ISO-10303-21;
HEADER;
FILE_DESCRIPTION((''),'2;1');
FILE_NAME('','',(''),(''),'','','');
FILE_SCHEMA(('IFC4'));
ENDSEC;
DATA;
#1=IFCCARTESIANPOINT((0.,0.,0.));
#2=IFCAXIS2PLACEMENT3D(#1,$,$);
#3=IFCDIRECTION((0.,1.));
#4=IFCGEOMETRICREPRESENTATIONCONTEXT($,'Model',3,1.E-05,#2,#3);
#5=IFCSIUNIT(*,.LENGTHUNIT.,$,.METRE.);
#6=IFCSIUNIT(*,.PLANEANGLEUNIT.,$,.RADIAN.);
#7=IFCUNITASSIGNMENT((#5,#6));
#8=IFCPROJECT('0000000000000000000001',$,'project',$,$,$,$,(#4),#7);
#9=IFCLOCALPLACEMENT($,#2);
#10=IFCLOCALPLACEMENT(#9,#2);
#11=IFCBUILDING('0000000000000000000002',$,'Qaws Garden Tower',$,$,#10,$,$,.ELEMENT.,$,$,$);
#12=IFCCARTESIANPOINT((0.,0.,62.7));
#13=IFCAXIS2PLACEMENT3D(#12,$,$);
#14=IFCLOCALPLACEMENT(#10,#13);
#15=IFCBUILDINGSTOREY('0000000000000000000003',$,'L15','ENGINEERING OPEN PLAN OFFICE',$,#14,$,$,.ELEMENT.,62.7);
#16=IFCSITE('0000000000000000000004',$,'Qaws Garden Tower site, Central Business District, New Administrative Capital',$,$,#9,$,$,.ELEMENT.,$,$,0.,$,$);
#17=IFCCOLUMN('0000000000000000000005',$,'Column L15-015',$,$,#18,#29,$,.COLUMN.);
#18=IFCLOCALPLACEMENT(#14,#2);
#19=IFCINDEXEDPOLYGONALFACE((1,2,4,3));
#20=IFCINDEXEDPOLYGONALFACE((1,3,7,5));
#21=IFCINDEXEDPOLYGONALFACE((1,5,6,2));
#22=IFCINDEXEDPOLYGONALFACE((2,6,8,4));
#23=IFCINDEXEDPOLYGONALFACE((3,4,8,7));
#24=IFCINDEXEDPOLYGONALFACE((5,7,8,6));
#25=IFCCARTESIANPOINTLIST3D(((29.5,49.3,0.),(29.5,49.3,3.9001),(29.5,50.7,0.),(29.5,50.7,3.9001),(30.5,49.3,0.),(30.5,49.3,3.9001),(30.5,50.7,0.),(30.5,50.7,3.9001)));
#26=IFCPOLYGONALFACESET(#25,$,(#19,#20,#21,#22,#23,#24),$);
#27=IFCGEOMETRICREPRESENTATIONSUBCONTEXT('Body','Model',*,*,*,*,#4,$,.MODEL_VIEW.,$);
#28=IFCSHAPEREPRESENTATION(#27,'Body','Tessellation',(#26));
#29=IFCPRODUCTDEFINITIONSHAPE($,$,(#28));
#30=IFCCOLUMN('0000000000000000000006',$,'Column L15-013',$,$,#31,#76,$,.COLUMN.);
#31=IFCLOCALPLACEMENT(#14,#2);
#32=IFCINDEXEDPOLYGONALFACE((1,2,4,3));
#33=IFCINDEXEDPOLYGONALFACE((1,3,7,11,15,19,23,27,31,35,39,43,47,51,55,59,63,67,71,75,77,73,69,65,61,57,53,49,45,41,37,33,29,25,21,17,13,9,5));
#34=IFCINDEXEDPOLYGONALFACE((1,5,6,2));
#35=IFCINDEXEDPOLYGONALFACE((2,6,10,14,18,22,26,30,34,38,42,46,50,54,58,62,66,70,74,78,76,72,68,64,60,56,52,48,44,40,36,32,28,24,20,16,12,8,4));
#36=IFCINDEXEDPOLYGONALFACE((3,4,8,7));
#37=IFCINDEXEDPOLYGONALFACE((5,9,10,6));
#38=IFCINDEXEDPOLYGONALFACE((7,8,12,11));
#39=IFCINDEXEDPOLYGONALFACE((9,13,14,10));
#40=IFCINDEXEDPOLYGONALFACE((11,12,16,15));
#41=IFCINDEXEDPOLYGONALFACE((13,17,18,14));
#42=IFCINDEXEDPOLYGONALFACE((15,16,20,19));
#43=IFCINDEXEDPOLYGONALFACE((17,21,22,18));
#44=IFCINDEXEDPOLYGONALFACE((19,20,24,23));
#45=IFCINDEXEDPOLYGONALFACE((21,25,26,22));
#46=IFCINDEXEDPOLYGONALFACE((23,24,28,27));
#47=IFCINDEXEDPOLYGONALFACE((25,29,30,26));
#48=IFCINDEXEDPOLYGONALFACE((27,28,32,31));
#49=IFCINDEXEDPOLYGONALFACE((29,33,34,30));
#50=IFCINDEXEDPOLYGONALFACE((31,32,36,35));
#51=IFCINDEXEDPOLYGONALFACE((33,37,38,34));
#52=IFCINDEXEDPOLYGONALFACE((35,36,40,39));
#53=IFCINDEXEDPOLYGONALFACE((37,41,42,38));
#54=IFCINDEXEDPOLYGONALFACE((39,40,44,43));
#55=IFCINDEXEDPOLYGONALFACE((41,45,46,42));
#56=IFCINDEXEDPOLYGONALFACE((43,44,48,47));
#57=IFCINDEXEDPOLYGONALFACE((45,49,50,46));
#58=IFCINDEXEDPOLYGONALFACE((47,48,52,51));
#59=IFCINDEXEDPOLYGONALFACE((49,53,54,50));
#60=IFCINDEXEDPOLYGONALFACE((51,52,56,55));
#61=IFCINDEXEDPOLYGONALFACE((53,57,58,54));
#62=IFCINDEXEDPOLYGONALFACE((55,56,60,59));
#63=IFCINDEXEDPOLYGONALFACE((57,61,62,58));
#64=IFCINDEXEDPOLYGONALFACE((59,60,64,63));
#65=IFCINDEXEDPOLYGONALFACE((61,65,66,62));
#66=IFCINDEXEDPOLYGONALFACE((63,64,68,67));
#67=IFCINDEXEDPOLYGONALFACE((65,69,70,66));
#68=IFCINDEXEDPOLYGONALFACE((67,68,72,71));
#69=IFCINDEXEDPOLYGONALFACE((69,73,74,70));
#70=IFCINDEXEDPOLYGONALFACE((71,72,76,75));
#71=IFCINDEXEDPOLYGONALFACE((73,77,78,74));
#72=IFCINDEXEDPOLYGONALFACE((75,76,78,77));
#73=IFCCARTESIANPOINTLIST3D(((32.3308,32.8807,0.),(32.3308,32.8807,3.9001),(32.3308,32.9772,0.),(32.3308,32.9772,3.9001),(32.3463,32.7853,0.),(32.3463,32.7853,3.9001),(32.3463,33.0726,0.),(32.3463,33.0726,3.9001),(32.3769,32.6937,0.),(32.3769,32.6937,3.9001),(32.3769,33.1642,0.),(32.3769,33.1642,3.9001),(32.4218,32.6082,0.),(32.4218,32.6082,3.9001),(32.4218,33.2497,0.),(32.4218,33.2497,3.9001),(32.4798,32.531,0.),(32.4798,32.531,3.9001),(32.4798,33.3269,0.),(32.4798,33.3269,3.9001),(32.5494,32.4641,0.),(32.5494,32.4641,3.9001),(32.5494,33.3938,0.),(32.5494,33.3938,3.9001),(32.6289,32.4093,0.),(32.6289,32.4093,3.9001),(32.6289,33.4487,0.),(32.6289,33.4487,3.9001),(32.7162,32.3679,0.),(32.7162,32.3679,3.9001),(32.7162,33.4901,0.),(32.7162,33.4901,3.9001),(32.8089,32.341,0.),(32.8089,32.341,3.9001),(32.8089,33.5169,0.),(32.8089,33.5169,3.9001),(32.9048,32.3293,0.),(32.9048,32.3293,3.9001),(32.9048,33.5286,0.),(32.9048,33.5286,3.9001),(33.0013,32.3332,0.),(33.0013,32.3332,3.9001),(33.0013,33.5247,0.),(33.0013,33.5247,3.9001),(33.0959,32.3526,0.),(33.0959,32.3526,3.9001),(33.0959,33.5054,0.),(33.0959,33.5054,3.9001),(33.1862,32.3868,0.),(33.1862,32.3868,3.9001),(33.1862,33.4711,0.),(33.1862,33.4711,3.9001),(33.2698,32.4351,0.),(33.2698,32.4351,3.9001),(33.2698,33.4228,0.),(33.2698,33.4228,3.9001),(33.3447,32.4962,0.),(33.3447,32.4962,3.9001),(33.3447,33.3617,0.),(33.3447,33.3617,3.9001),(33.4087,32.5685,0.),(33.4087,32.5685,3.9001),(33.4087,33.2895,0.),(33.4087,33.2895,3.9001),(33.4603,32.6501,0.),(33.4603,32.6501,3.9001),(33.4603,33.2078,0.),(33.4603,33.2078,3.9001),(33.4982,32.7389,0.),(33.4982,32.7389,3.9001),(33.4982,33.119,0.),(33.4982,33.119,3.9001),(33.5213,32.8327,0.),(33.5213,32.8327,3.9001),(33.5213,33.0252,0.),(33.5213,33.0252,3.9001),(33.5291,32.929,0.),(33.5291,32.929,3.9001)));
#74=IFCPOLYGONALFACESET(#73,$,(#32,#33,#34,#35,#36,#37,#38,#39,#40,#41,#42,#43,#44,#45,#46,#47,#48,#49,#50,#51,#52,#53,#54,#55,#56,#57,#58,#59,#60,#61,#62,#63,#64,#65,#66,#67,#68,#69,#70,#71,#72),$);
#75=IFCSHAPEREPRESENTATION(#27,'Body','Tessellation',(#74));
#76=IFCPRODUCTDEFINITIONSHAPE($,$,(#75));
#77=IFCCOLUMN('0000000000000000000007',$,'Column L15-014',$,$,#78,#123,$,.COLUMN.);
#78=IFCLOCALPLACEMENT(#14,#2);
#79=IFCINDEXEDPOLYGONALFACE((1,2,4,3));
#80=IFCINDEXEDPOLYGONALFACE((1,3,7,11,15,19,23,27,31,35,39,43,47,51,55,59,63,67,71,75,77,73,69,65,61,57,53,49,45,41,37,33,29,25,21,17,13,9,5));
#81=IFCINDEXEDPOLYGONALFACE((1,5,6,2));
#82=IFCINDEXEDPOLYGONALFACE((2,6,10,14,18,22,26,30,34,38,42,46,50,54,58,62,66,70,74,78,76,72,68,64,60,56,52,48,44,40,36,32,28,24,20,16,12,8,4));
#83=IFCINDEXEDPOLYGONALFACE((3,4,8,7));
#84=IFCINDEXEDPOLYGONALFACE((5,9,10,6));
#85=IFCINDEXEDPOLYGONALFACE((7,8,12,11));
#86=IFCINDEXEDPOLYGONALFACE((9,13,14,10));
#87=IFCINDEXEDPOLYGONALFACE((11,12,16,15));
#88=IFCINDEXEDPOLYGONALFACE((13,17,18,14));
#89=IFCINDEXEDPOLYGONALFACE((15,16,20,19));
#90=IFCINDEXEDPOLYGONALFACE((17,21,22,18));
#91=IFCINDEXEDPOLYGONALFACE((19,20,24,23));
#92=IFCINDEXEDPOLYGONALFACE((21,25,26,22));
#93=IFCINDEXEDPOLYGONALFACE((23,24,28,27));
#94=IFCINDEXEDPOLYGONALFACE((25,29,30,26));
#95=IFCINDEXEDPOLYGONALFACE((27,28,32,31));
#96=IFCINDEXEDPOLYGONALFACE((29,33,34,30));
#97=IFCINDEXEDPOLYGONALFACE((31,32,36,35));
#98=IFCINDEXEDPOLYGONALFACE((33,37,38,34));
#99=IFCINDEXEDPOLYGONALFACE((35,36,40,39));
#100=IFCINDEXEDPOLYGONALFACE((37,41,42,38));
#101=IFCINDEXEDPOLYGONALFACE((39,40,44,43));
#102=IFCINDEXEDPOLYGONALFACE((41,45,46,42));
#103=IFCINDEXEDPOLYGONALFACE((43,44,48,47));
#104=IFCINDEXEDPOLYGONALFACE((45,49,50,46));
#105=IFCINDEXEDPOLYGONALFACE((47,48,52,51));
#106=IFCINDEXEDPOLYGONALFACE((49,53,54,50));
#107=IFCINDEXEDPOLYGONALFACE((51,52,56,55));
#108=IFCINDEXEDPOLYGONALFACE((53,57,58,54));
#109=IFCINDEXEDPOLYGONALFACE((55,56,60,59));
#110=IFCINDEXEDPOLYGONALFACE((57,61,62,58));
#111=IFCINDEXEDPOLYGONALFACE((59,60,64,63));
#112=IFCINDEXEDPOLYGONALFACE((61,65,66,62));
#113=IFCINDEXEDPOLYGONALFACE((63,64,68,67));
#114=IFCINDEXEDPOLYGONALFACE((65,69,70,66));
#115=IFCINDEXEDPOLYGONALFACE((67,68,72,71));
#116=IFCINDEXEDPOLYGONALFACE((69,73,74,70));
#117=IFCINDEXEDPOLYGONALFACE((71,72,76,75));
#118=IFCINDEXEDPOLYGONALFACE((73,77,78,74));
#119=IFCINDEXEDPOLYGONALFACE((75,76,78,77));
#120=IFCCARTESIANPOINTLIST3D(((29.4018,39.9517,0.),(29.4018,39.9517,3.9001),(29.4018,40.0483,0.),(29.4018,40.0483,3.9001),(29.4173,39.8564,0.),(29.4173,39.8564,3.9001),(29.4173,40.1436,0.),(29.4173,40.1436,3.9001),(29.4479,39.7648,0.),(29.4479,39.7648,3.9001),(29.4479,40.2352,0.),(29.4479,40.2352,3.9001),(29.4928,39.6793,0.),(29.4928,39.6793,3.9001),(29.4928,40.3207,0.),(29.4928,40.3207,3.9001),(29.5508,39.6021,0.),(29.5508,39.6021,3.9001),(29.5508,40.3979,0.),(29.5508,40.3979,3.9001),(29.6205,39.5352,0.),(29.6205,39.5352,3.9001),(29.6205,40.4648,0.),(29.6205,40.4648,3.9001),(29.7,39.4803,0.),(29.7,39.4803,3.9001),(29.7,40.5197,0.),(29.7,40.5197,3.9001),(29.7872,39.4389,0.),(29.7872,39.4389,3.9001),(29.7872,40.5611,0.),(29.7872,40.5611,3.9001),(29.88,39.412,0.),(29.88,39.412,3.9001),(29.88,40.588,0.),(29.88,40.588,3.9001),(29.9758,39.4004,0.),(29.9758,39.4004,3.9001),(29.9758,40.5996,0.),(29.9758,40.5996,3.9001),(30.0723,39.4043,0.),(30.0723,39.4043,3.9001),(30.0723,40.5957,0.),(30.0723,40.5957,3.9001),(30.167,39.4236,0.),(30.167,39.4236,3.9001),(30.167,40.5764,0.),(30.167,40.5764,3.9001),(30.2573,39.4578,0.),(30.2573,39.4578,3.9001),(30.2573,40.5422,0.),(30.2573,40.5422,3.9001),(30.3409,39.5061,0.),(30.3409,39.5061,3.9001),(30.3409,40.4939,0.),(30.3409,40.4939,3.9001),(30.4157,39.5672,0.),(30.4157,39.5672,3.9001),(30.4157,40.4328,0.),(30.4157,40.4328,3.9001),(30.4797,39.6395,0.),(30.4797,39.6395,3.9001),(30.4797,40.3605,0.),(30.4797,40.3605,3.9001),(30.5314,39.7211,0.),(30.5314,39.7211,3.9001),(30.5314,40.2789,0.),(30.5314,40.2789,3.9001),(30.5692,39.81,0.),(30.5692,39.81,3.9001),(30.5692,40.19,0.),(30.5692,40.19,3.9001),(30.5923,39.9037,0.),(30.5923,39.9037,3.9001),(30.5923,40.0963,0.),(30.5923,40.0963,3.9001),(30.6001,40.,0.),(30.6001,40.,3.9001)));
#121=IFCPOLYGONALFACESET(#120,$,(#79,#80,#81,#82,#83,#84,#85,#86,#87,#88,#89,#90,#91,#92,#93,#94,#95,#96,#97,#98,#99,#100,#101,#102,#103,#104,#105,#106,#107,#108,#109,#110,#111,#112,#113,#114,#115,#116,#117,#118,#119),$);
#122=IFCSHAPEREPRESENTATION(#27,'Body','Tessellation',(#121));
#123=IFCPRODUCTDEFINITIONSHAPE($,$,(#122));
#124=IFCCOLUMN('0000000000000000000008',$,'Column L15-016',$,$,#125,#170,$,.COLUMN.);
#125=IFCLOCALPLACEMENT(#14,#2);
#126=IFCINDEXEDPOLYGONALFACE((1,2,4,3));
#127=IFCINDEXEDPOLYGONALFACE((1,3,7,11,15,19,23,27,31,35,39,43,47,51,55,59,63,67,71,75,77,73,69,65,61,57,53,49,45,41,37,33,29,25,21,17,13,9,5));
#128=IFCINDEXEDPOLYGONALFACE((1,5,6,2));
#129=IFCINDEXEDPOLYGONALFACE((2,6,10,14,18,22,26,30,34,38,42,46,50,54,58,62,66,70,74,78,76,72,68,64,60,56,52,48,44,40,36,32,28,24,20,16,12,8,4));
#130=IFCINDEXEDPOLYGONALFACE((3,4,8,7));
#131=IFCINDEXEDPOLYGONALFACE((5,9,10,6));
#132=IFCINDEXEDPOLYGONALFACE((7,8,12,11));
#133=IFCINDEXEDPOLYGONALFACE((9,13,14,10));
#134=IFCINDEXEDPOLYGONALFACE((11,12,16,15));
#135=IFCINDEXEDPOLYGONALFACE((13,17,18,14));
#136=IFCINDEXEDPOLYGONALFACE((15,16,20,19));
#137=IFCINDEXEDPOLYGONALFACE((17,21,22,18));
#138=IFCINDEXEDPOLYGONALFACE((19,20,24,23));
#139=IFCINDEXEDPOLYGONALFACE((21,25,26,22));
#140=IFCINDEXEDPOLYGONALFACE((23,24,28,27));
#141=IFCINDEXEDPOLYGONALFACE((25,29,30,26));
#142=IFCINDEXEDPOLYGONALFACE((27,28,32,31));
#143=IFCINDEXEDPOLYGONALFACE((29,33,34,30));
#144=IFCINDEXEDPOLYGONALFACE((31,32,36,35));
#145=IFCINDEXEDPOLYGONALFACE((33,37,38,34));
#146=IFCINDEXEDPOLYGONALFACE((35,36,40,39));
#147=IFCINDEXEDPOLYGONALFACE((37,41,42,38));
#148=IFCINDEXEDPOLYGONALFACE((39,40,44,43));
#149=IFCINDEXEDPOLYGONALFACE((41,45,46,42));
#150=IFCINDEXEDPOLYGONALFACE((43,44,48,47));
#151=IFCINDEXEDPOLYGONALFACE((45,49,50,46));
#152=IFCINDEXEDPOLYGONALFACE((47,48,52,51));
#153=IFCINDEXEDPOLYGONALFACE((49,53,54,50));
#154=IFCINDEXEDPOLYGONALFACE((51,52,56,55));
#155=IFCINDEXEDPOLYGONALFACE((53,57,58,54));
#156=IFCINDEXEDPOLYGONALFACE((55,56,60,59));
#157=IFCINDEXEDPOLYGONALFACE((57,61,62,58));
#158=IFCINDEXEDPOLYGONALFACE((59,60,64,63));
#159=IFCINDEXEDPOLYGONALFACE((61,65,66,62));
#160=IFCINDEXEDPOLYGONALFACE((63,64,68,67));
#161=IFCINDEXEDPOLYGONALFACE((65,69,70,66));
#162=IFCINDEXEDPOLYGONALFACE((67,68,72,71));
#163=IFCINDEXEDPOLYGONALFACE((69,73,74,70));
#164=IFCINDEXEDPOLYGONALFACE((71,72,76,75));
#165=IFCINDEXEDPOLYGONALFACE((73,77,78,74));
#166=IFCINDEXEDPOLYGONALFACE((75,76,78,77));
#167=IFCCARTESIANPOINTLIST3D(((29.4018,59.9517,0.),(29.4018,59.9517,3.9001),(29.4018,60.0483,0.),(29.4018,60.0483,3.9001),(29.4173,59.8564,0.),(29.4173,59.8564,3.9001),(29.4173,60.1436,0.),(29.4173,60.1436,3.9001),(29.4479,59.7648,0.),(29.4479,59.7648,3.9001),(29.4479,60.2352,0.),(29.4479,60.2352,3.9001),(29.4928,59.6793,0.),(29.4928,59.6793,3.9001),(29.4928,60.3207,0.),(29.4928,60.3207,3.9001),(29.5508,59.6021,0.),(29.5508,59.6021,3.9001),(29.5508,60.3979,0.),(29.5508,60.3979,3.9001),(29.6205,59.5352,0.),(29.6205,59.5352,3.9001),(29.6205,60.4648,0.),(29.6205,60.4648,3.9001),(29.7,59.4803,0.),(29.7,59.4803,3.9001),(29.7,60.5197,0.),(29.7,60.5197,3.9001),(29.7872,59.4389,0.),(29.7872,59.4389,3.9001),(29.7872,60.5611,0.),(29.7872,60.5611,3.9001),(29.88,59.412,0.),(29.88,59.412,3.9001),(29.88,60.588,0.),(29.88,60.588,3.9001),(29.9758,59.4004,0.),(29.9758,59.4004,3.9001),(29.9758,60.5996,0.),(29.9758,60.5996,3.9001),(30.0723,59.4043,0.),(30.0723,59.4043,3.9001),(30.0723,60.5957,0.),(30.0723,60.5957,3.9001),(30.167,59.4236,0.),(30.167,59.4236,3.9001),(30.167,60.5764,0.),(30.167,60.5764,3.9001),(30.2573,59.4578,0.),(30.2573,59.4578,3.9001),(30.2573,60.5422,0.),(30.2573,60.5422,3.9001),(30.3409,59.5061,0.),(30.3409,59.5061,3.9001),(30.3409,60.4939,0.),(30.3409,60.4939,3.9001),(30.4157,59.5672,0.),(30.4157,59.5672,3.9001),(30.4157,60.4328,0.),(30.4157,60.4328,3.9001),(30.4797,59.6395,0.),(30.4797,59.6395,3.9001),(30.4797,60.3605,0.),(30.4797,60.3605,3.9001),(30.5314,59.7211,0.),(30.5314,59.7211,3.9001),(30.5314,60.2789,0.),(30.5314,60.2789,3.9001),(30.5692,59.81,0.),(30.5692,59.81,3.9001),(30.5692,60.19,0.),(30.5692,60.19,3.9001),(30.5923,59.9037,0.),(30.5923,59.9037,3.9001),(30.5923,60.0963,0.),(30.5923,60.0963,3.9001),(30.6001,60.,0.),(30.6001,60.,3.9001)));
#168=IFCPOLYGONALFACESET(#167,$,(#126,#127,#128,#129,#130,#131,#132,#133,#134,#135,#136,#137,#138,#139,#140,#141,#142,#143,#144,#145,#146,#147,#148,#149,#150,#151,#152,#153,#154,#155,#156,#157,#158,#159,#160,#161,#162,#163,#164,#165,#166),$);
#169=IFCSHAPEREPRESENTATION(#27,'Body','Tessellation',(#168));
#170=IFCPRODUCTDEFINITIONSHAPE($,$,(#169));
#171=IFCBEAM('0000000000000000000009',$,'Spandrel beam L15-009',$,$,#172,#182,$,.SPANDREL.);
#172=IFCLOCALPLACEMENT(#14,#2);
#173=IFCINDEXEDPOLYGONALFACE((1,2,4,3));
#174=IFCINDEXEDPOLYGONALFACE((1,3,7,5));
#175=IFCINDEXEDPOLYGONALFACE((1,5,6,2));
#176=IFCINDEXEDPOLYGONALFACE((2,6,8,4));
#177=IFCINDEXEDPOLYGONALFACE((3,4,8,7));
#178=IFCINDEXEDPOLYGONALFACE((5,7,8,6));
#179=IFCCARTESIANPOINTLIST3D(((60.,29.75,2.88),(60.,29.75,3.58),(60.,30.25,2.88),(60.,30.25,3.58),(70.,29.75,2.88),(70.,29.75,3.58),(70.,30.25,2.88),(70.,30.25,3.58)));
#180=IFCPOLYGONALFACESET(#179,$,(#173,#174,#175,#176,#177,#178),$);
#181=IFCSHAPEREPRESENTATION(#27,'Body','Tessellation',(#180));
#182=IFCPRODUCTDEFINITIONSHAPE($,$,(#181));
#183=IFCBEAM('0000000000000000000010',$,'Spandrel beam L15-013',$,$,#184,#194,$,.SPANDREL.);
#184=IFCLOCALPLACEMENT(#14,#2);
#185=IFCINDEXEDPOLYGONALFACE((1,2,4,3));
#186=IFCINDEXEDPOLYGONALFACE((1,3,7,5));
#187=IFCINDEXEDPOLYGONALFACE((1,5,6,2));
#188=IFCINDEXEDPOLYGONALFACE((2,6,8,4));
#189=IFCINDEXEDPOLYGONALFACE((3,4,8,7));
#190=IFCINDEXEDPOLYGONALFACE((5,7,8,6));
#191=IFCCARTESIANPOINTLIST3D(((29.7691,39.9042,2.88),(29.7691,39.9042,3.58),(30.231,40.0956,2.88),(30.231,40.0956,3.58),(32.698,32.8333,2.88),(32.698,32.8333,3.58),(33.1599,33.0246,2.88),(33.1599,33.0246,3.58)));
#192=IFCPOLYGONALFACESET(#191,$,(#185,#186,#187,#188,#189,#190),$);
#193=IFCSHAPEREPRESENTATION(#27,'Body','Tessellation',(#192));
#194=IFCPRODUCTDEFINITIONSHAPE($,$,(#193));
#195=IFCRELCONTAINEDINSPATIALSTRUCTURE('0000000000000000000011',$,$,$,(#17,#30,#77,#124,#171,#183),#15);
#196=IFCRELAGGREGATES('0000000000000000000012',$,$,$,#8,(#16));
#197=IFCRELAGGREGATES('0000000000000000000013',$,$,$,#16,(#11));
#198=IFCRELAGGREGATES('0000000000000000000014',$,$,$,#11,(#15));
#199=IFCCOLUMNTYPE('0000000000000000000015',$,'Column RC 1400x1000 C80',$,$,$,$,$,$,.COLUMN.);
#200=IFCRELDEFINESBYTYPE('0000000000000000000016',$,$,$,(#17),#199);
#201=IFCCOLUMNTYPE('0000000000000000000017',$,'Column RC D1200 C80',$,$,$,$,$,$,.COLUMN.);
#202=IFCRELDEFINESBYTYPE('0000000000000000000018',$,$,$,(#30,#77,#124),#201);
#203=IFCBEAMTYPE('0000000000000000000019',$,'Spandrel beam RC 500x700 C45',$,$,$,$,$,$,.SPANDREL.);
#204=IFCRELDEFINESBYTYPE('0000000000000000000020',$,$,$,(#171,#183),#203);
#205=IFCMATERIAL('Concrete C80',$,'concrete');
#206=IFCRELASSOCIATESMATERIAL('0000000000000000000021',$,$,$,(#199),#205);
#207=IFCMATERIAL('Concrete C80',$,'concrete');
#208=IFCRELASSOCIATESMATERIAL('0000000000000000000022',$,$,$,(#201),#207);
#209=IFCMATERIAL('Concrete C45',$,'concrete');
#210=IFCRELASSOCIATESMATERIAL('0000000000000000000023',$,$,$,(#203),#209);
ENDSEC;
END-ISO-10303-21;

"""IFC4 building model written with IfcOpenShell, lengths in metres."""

from ifc_helpers import new_model, si_unit, direction, frame, origin, origin_2d, place, context, subcontext, project, spatial, rectangle, circle, extrude, material, material_profile, profile_set, type_object, element, save


model = new_model("IFC4")

# Units and contexts
model_context = context("Model", 3, precision=1e-05, world=origin(), true_north=direction((0.0, 1.0)))
body_context = subcontext(model_context, "Body", "Model", "MODEL_VIEW")
ifc_project = project(units=[si_unit("LENGTHUNIT", "METRE"), si_unit("PLANEANGLEUNIT", "RADIAN")], contexts=[model_context])

# Site, building, storey
site_placement = place(None, origin())
site = spatial("IfcSite", under=ifc_project, at=site_placement, Name="Qaws Garden Tower site, Central Business District, New Administrative Capital", CompositionType="ELEMENT", RefElevation=0.0)
building_placement = place(site_placement, origin())
building = spatial("IfcBuilding", under=site, at=building_placement, Name="Qaws Garden Tower", CompositionType="ELEMENT")
storey_placement = place(building_placement, frame((0.0, 0.0, 62.7)))
storey = spatial("IfcBuildingStorey", under=building, at=storey_placement, Name="L15", Description="ENGINEERING OPEN PLAN OFFICE", CompositionType="ELEMENT", Elevation=62.7)

# Columns
ifc_material_1 = material(Name="Concrete C80", Category="concrete")
ifc_material_profile_1 = material_profile(ifc_material_1, rectangle(XDim=1.3999, YDim=1.0, at=origin_2d()), Name="RC 1400x1000")
ifc_profile_set_1 = profile_set([ifc_material_profile_1], Name="Concrete C80")
column_type_1 = type_object("IfcColumnType", Name="Column RC 1400x1000 C80", PredefinedType="COLUMN", material=ifc_profile_set_1)
column_placement = place(storey_placement, frame((30.0, 50.0, 0.0), z_axis=(0.0, 0.0, 1.0), x_axis=(0.0, 1.0, 0.0)))
element("IfcColumn", 1, at=column_placement, inside=storey, type_object=column_type_1, Name="Column L15-015", PredefinedType="COLUMN", context=body_context, shape_type="SweptSolid", body=[
    extrude(rectangle(XDim=1.3999, YDim=1.0, at=origin_2d()), origin(), (0.0, 0.0, 1.0), 3.9001),
])
ifc_material_2 = material(Name="Concrete C80", Category="concrete")
ifc_material_profile_2 = material_profile(ifc_material_2, circle(Radius=0.6001, at=origin_2d()), Name="RC D1200")
ifc_profile_set_2 = profile_set([ifc_material_profile_2], Name="Concrete C80")
column_type_2 = type_object("IfcColumnType", Name="Column RC D1200 C80", PredefinedType="COLUMN", material=ifc_profile_set_2)
for number, where, z_axis, x_axis, name in (
    (2, (32.929, 32.929, 0.0), (0.0, 0.0, 1.0), (1.0, 0.0, 0.0), "Column L15-013"),
    (3, (30.0, 40.0, 0.0), (0.0, 0.0, 1.0), (1.0, 0.0, 0.0), "Column L15-014"),
    (4, (30.0, 60.0, 0.0), (0.0, 0.0, 1.0), (1.0, 0.0, 0.0), "Column L15-016"),
):
    element("IfcColumn", number, at=place(storey_placement, frame(where, z_axis=z_axis, x_axis=x_axis)), inside=storey, type_object=column_type_2, Name=name, PredefinedType="COLUMN", context=body_context, shape_type="SweptSolid", body=[
        extrude(circle(Radius=0.6001, at=origin_2d()), origin(), (0.0, 0.0, 1.0), 3.9001),
    ])

# Beams
ifc_material_3 = material(Name="Concrete C45", Category="concrete")
ifc_material_profile_3 = material_profile(ifc_material_3, rectangle(XDim=0.5, YDim=0.7, at=origin_2d()), Name="RC 500x700")
ifc_profile_set_3 = profile_set([ifc_material_profile_3], Name="Concrete C45")
beam_type = type_object("IfcBeamType", Name="Spandrel beam RC 500x700 C45", PredefinedType="SPANDREL", material=ifc_profile_set_3)
beam_1_placement = place(storey_placement, frame((70.0, 30.0, 3.23), z_axis=(-1.0, 0.0, 0.0), x_axis=(0.0, -1.0, 0.0)))
element("IfcBeam", 5, at=beam_1_placement, inside=storey, type_object=beam_type, Name="Spandrel beam L15-009", PredefinedType="SPANDREL", context=body_context, shape_type="SweptSolid", body=[
    extrude(rectangle(XDim=0.5, YDim=0.7, at=origin_2d()), origin(), (0.0, 0.0, 1.0), 10.0),
])
beam_2_placement = place(storey_placement, frame((32.929, 32.929, 3.23), z_axis=(-0.382687, 0.923878, 0.0), x_axis=(-0.923878, -0.382687, 0.0)))
element("IfcBeam", 6, at=beam_2_placement, inside=storey, type_object=beam_type, Name="Spandrel beam L15-013", PredefinedType="SPANDREL", context=body_context, shape_type="SweptSolid", body=[
    extrude(rectangle(XDim=0.5, YDim=0.7, at=origin_2d()), origin(), (0.0, 0.0, 1.0), 7.6536),
])

save(model, "model.ifc")
